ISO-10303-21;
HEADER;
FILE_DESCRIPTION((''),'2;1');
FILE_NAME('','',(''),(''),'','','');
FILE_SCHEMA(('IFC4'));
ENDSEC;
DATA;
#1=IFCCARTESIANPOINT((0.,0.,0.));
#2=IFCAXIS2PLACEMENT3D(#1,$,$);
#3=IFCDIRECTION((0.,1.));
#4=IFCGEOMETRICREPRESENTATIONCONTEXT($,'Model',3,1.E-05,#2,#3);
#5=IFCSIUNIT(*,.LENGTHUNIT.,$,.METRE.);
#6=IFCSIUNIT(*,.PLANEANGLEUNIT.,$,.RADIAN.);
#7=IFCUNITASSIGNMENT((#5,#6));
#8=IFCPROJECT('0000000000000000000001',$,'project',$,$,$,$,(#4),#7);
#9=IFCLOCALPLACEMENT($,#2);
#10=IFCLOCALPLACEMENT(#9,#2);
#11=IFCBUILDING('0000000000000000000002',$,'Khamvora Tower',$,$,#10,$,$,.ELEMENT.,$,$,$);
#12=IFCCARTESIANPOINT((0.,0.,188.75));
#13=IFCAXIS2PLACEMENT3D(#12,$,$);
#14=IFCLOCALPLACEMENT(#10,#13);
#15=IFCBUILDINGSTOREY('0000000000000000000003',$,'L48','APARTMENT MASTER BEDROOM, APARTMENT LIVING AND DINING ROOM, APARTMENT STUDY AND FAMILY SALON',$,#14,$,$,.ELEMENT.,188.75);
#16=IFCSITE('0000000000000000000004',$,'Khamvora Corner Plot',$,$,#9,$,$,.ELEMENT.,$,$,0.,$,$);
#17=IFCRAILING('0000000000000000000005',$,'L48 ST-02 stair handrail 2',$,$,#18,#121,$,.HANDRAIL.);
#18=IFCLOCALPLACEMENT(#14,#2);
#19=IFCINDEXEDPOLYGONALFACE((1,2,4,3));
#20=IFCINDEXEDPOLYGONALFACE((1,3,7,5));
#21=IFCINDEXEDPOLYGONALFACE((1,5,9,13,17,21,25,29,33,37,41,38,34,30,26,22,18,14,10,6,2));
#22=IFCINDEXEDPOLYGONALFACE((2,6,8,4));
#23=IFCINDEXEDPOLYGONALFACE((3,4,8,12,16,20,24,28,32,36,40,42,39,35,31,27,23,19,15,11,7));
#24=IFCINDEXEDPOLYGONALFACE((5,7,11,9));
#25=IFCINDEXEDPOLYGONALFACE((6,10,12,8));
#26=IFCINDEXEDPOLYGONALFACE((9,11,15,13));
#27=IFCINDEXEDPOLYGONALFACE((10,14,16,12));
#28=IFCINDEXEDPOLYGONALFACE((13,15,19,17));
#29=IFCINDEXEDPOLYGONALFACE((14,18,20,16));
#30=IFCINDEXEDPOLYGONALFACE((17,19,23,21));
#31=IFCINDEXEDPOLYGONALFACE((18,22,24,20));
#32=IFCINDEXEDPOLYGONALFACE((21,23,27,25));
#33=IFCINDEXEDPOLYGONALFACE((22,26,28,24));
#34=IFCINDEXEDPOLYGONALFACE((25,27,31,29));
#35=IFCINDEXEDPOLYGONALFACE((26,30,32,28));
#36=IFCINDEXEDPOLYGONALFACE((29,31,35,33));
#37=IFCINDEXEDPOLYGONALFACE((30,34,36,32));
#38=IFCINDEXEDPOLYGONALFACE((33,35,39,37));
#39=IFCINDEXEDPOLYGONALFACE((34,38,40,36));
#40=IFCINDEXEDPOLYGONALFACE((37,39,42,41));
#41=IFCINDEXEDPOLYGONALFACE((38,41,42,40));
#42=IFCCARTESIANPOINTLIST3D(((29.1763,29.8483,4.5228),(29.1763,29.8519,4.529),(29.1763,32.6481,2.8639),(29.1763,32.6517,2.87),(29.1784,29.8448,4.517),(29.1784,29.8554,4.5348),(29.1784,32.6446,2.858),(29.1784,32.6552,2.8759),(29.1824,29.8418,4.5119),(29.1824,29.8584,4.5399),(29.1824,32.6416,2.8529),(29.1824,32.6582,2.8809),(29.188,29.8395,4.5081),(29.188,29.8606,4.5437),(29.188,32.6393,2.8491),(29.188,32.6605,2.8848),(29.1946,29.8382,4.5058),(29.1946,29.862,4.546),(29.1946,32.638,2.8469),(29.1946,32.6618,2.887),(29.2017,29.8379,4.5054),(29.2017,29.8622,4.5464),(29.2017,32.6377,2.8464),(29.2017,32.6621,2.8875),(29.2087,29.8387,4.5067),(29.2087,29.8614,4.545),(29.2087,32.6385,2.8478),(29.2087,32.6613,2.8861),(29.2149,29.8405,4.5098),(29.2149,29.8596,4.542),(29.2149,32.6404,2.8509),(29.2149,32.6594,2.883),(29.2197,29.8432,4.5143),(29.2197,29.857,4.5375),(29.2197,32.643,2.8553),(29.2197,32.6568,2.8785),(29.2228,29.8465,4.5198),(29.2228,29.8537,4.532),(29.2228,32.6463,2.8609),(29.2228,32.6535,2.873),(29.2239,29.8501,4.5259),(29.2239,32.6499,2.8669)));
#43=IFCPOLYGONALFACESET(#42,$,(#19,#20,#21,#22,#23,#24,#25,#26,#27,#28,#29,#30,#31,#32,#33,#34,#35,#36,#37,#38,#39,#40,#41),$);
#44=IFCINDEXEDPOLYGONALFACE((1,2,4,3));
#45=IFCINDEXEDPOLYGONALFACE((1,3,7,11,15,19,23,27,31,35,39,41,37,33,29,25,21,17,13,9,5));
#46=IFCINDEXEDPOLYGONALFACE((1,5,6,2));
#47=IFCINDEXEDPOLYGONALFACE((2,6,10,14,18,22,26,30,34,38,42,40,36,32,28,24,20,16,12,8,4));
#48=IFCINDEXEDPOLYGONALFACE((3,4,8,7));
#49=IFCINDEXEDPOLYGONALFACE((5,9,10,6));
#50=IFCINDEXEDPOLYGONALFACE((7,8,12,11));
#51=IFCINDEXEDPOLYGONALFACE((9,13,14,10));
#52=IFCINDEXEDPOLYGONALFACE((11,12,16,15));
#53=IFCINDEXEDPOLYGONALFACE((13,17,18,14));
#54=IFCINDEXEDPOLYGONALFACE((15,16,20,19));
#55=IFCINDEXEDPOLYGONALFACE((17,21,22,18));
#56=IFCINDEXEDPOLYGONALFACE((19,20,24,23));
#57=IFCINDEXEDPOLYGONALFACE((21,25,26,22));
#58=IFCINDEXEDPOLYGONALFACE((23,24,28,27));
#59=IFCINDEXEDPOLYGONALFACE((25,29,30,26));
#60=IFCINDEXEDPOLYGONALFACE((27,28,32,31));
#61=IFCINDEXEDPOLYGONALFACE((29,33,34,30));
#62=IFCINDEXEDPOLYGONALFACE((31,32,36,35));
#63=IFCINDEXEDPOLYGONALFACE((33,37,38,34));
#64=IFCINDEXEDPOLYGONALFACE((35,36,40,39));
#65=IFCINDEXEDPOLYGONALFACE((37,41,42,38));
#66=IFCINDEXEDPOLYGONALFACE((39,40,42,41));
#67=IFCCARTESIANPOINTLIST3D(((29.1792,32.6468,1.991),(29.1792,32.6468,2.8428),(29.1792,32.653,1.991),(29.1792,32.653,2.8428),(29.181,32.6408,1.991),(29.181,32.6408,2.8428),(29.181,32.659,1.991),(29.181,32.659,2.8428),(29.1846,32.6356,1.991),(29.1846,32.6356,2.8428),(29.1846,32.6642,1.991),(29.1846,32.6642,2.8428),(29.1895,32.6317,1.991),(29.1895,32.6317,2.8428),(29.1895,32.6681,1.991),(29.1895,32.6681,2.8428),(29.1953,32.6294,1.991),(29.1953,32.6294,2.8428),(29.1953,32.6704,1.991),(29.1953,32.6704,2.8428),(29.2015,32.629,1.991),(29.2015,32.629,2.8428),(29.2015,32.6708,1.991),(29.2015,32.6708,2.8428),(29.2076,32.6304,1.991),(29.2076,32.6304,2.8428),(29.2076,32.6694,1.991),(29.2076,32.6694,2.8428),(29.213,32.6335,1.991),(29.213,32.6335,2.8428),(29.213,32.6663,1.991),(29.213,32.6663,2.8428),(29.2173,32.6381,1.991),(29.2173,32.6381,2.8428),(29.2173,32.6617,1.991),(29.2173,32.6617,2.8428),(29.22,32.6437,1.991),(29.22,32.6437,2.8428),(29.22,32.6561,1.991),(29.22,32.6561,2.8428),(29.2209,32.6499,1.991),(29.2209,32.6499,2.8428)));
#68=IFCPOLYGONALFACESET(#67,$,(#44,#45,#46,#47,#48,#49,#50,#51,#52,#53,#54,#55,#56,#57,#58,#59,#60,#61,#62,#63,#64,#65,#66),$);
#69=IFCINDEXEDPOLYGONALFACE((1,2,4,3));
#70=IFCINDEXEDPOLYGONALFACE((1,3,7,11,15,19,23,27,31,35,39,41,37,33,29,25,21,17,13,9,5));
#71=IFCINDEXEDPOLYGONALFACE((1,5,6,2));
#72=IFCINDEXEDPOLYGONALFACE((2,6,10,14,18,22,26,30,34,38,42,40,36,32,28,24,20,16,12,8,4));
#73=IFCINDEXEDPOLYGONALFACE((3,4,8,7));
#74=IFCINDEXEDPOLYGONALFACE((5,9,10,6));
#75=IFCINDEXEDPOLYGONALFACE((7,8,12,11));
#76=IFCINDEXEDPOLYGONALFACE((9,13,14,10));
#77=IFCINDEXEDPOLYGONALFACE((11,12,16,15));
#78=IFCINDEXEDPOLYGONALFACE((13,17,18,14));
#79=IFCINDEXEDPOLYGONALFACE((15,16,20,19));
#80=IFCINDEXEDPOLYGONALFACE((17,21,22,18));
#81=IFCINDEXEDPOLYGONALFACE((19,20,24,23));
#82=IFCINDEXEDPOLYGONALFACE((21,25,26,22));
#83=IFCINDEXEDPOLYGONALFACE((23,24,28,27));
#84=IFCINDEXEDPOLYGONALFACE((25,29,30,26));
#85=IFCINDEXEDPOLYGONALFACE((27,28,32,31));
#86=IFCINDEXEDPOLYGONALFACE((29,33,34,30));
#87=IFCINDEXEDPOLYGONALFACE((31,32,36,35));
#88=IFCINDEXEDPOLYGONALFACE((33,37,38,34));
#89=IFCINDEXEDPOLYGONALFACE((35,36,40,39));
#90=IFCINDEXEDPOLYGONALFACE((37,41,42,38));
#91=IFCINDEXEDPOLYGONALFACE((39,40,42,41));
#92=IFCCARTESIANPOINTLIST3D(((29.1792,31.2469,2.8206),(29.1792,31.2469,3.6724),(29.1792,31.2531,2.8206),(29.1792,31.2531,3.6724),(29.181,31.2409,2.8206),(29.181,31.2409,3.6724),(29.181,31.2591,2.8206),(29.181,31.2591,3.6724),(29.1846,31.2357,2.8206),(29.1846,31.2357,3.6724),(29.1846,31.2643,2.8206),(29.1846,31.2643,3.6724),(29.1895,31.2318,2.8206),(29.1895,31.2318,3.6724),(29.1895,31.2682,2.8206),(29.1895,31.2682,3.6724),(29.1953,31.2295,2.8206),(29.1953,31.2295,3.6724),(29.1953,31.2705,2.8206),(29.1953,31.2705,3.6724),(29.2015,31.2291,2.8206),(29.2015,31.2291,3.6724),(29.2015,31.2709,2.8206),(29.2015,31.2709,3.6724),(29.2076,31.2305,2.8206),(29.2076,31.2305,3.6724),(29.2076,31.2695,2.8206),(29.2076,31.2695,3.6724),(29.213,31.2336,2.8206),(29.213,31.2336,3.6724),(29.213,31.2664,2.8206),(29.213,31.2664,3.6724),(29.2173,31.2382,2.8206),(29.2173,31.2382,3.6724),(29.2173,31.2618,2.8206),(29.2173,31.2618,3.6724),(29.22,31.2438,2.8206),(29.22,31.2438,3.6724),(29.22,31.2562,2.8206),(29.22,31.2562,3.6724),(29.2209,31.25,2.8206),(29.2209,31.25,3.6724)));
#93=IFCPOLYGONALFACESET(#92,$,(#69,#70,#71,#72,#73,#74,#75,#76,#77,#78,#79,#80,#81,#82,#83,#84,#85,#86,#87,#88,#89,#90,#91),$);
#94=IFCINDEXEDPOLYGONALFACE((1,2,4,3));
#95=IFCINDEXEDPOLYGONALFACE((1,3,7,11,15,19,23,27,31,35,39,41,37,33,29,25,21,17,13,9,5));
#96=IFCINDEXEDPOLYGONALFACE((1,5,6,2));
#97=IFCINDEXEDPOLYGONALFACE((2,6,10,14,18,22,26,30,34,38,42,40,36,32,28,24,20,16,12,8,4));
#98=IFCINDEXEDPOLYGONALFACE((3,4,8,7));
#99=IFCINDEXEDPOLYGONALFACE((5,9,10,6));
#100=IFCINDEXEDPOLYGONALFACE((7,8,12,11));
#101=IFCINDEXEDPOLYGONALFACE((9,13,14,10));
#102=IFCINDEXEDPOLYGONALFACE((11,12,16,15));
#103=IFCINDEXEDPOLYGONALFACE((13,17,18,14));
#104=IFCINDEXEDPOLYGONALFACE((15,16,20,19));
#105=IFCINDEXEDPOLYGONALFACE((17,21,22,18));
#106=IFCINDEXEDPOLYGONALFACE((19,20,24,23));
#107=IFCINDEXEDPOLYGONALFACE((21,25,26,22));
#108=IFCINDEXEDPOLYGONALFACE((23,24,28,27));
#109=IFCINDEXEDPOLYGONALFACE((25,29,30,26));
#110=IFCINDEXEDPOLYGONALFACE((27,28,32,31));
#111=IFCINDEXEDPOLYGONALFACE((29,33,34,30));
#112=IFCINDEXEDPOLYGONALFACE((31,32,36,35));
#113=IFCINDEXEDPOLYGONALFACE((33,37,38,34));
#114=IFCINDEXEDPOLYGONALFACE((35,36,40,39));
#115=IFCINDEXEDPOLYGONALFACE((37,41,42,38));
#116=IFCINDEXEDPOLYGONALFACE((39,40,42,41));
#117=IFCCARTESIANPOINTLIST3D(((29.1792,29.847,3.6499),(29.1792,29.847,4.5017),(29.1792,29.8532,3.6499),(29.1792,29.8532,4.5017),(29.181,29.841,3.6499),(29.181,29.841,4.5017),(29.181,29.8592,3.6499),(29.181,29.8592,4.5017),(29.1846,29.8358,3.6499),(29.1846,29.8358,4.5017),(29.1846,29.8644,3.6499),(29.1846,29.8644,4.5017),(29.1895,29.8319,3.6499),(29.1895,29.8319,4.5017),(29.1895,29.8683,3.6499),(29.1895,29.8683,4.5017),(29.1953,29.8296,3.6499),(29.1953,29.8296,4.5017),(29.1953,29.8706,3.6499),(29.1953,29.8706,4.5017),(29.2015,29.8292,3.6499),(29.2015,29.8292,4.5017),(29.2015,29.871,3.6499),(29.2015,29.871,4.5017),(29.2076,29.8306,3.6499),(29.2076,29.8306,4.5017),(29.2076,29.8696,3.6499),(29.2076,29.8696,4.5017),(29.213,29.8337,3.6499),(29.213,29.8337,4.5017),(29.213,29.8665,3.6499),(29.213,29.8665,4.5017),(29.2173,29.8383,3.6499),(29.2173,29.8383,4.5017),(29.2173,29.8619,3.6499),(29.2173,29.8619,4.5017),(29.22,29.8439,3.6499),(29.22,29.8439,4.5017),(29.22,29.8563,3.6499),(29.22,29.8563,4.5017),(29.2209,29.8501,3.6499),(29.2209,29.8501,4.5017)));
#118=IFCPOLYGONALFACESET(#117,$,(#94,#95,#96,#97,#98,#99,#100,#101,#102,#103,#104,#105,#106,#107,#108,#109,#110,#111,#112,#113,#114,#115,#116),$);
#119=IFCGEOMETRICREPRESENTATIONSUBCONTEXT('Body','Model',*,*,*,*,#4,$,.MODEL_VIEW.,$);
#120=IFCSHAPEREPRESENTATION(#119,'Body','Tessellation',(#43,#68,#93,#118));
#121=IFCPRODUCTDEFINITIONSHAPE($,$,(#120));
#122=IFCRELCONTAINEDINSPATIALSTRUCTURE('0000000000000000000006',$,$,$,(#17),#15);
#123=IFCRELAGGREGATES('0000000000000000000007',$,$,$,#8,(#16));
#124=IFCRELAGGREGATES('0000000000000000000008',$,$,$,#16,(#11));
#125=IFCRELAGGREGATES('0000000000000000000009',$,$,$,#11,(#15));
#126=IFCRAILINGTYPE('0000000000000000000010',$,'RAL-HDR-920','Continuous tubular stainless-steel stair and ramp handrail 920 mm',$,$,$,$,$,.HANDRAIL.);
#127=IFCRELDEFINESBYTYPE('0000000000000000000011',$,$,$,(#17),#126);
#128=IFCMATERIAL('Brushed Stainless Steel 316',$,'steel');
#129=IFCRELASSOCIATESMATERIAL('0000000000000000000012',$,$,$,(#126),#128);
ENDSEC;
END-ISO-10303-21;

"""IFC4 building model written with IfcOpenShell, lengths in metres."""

from ifc_helpers import new_model, si_unit, direction, frame, origin, origin_2d, place, context, subcontext, project, spatial, circle, extrude, material, type_object, element, save


model = new_model("IFC4")

# Units and contexts
model_context = context("Model", 3, precision=1e-05, world=origin(), true_north=direction((0.0, 1.0)))
body_context = subcontext(model_context, "Body", "Model", "MODEL_VIEW")
ifc_project = project(units=[si_unit("LENGTHUNIT", "METRE"), si_unit("PLANEANGLEUNIT", "RADIAN")], contexts=[model_context])

# Site, building, storey
site_placement = place(None, origin())
site = spatial("IfcSite", under=ifc_project, at=site_placement, Name="Khamvora Corner Plot", CompositionType="ELEMENT", RefElevation=0.0)
building_placement = place(site_placement, origin())
building = spatial("IfcBuilding", under=site, at=building_placement, Name="Khamvora Tower", CompositionType="ELEMENT")
storey_placement = place(building_placement, frame((0.0, 0.0, 188.75)))
storey = spatial("IfcBuildingStorey", under=building, at=storey_placement, Name="L48", Description="APARTMENT MASTER BEDROOM, APARTMENT LIVING AND DINING ROOM, APARTMENT STUDY AND FAMILY SALON", CompositionType="ELEMENT", Elevation=188.75)

# Railing
ifc_material_1 = material(Name="Brushed Stainless Steel 316", Category="steel")
railing_type_1 = type_object("IfcRailingType", Name="RAL-HDR-920", Description="Continuous tubular stainless-steel stair and ramp handrail 920 mm", PredefinedType="HANDRAIL", material=ifc_material_1)
railing_1_placement = place(storey_placement, frame((29.2, 32.6499, 1.991)))
element("IfcRailing", 1, at=railing_1_placement, inside=storey, type_object=railing_type_1, Name="L48 ST-02 stair handrail 2", PredefinedType="HANDRAIL", context=body_context, shape_type="SweptSolid", body=[
    extrude(circle(Radius=0.0239, at=origin_2d()), frame((0.0, 0.0, 0.876), z_axis=(0.0, -0.86032, 0.509755), x_axis=(1.0, 0.0, 0.0)), (0.0, 0.0, 1.0), 3.2544),
    extrude(circle(Radius=0.021, at=origin_2d()), origin(), (0.0, 0.0, 1.0), 0.8518),
    extrude(circle(Radius=0.021, at=origin_2d()), frame((0.0, -1.3999, 0.8296)), (0.0, 0.0, 1.0), 0.8518),
    extrude(circle(Radius=0.021, at=origin_2d()), frame((0.0, -2.7998, 1.6589)), (0.0, 0.0, 1.0), 0.8518),
])

save(model, "model.ifc")
